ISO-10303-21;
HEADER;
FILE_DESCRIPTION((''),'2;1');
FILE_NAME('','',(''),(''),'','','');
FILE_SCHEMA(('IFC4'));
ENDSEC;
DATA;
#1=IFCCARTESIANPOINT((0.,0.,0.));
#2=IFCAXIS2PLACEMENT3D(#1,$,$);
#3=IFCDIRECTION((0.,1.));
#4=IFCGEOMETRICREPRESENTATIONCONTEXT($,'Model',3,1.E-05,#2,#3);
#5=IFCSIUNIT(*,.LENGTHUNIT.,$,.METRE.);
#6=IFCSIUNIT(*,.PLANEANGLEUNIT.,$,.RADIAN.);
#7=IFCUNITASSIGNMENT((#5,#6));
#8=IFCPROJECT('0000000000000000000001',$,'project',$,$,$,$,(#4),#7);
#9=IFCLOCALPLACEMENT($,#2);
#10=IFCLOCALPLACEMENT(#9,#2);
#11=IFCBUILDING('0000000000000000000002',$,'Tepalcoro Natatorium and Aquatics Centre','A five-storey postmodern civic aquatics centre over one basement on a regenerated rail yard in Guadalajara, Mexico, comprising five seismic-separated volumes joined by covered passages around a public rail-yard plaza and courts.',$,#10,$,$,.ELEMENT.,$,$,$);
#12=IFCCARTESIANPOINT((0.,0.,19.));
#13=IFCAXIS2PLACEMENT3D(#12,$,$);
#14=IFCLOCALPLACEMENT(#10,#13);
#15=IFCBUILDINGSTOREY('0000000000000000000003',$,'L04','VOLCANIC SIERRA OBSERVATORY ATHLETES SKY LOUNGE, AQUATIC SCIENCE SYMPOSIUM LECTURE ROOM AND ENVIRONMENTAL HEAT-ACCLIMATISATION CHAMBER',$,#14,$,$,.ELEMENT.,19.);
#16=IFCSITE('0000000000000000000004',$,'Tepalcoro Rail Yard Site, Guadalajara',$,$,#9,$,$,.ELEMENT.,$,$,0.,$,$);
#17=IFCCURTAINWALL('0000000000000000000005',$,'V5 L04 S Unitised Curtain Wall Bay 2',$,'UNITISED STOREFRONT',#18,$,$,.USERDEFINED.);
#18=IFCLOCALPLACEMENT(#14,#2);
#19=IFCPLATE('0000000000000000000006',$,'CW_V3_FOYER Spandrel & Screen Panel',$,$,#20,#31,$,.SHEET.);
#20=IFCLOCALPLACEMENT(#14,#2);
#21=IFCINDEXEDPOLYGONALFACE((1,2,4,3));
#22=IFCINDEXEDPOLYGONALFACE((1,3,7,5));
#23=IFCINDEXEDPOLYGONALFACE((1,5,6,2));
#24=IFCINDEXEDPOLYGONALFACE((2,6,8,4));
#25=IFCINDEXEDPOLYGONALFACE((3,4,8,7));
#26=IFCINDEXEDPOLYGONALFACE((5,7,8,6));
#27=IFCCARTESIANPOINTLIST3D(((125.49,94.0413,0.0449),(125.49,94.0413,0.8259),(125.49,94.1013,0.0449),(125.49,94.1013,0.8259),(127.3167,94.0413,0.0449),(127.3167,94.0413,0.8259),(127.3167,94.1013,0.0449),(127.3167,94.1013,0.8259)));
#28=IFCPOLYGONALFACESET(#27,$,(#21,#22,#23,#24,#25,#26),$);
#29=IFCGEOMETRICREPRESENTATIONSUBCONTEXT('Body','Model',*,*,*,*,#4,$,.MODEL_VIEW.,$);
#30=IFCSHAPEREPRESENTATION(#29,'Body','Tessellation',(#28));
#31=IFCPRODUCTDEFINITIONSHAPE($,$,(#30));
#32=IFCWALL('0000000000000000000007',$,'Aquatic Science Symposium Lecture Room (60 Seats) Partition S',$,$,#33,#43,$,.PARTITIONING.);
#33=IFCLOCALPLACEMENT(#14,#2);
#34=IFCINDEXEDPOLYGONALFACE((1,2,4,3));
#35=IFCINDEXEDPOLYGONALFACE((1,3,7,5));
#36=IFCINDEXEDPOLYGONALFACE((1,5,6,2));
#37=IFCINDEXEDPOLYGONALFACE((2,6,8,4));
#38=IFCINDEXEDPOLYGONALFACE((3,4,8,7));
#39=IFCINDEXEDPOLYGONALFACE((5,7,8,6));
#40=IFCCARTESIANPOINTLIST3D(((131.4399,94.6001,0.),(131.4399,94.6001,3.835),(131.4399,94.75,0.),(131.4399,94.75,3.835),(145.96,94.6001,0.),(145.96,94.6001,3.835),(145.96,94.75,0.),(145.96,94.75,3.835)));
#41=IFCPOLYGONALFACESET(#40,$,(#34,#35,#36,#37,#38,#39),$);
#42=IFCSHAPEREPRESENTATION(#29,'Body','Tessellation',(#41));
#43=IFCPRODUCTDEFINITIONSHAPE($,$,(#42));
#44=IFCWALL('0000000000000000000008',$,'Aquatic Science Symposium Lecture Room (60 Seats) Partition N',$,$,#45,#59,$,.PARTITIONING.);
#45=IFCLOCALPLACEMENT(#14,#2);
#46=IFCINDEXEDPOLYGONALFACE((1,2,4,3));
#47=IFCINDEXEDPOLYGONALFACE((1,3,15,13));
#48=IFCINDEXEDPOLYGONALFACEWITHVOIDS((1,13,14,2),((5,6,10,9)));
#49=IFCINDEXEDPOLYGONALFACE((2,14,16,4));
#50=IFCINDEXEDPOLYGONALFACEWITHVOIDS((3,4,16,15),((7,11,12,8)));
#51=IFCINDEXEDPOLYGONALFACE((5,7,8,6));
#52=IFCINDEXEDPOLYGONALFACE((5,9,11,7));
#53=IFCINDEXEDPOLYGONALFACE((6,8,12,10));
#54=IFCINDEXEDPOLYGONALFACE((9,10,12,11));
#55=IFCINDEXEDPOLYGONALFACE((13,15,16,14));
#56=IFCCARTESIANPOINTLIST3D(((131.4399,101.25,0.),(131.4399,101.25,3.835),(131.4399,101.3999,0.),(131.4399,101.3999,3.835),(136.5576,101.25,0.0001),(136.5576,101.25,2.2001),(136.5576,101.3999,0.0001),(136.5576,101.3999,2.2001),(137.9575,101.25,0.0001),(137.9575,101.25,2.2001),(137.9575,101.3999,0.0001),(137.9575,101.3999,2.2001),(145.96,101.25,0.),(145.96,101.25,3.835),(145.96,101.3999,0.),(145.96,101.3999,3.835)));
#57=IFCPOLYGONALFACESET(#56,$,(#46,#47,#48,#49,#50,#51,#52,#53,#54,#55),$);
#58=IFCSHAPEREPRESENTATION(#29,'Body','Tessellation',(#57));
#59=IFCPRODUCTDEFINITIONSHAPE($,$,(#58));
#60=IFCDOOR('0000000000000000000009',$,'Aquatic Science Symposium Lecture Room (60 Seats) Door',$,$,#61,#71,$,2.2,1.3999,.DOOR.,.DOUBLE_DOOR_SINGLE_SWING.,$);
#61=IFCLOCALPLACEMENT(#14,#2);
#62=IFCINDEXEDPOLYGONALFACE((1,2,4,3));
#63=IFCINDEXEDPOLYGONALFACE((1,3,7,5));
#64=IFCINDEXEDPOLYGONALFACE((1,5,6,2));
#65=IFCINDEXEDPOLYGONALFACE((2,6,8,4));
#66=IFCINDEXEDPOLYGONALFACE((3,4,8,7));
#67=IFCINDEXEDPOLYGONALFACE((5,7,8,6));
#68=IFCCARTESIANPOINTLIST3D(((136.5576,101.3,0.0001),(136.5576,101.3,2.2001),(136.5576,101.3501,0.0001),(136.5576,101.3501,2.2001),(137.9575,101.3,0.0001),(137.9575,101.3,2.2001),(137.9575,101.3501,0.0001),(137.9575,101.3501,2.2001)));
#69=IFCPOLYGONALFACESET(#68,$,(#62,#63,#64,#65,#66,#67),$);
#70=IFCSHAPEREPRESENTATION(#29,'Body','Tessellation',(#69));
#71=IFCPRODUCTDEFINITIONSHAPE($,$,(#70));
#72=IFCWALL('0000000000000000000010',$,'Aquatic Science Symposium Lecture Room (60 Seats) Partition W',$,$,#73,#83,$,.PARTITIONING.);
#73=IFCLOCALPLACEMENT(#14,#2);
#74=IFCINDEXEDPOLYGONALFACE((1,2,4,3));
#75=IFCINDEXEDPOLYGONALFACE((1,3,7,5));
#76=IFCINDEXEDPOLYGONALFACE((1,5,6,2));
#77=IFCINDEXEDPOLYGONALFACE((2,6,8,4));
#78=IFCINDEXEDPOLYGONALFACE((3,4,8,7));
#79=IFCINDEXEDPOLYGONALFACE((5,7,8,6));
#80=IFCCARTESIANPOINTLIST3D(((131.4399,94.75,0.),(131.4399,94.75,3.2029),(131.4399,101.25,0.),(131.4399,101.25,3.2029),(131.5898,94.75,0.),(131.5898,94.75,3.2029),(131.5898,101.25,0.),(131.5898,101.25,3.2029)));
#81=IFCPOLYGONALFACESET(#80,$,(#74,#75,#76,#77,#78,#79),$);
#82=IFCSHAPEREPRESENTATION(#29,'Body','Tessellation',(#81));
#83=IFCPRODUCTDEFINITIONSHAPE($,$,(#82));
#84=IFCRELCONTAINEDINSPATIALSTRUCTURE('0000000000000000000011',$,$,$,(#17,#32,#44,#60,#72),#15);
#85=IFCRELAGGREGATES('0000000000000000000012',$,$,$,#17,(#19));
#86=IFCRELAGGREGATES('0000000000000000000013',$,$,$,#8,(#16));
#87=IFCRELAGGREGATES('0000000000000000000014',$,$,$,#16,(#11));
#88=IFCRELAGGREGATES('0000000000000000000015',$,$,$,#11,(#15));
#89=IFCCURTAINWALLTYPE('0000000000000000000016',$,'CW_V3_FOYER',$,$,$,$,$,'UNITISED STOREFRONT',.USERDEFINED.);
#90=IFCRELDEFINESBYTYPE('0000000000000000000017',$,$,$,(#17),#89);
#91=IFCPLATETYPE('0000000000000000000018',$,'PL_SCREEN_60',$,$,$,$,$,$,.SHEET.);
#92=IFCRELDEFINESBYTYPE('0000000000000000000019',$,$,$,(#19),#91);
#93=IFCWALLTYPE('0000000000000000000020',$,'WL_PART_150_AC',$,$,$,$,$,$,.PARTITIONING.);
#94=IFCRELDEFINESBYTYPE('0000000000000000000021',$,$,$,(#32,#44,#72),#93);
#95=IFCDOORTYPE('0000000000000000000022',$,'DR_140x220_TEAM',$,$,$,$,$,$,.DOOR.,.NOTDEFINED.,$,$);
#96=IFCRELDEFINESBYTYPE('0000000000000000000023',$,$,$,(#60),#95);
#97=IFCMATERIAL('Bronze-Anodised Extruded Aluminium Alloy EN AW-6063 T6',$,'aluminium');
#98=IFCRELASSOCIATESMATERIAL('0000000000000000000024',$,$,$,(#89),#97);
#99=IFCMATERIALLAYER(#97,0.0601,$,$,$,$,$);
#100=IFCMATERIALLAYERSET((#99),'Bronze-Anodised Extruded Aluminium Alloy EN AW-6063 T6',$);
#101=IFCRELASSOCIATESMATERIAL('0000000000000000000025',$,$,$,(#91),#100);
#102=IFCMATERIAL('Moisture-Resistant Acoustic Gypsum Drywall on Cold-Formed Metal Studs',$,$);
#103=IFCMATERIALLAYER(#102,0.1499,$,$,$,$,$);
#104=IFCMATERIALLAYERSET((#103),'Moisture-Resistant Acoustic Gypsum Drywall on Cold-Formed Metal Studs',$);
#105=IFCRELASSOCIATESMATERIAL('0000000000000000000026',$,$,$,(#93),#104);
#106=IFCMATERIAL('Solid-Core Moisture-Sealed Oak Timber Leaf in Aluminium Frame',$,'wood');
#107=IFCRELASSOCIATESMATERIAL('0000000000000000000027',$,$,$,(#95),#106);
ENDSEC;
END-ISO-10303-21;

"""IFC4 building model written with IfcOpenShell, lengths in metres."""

from ifc_helpers import new_model, si_unit, direction, frame, frame_2d, origin, origin_2d, place, context, subcontext, project, spatial, rectangle, extrude, material, layer, layer_set, type_object, element, fill, aggregate, save


model = new_model("IFC4")

# Units and contexts
model_context = context("Model", 3, precision=1e-05, world=origin(), true_north=direction((0.0, 1.0)))
body_context = subcontext(model_context, "Body", "Model", "MODEL_VIEW")
ifc_project = project(units=[si_unit("LENGTHUNIT", "METRE"), si_unit("PLANEANGLEUNIT", "RADIAN")], contexts=[model_context])

# Site, building, storey
site_placement = place(None, origin())
site = spatial("IfcSite", under=ifc_project, at=site_placement, Name="Tepalcoro Rail Yard Site, Guadalajara", CompositionType="ELEMENT", RefElevation=0.0)
building_placement = place(site_placement, origin())
building = spatial("IfcBuilding", under=site, at=building_placement, Name="Tepalcoro Natatorium and Aquatics Centre", Description="A five-storey postmodern civic aquatics centre over one basement on a regenerated rail yard in Guadalajara, Mexico, comprising five seismic-separated volumes joined by covered passages around a public rail-yard plaza and courts.", CompositionType="ELEMENT")
storey_placement = place(building_placement, frame((0.0, 0.0, 19.0)))
storey = spatial("IfcBuildingStorey", under=building, at=storey_placement, Name="L04", Description="VOLCANIC SIERRA OBSERVATORY ATHLETES SKY LOUNGE, AQUATIC SCIENCE SYMPOSIUM LECTURE ROOM AND ENVIRONMENTAL HEAT-ACCLIMATISATION CHAMBER", CompositionType="ELEMENT", Elevation=19.0)

# Shared definitions
ifc_material_1 = material(Name="Bronze-Anodised Extruded Aluminium Alloy EN AW-6063 T6", Category="aluminium")

# Curtain wall
curtain_wall_type_1 = type_object("IfcCurtainWallType", Name="CW_V3_FOYER", ElementType="UNITISED STOREFRONT", PredefinedType="USERDEFINED", material=ifc_material_1)
curtain_wall_1_placement = place(storey_placement, origin())
curtain_wall_1 = element("IfcCurtainWall", 1, at=curtain_wall_1_placement, inside=storey, type_object=curtain_wall_type_1, Name="V5 L04 S Unitised Curtain Wall Bay 2", ObjectType="UNITISED STOREFRONT", PredefinedType="USERDEFINED")

# Plate
ifc_layer_1 = layer(ifc_material_1, 0.0601)
ifc_layer_set_1 = layer_set([ifc_layer_1], Name="Bronze-Anodised Extruded Aluminium Alloy EN AW-6063 T6")
plate_type_1 = type_object("IfcPlateType", Name="PL_SCREEN_60", PredefinedType="SHEET", material=ifc_layer_set_1)
plate_1_placement = place(storey_placement, frame((126.4033, 94.0713, 0.0449), z_axis=(0.0, 0.0, 1.0), x_axis=(1.0, 0.0, 0.0)))
plate_1 = element("IfcPlate", 2, at=plate_1_placement, type_object=plate_type_1, Name="CW_V3_FOYER Spandrel & Screen Panel", PredefinedType="SHEET", context=body_context, shape_type="SweptSolid", body=[
    extrude(rectangle(XDim=1.8267, YDim=0.0601, at=origin_2d()), origin(), (0.0, 0.0, 1.0), 0.781),
])
aggregate(curtain_wall_1, [plate_1])

# Wall
ifc_material_2 = material(Name="Moisture-Resistant Acoustic Gypsum Drywall on Cold-Formed Metal Studs")
ifc_layer_2 = layer(ifc_material_2, 0.1499)
ifc_layer_set_2 = layer_set([ifc_layer_2], Name="Moisture-Resistant Acoustic Gypsum Drywall on Cold-Formed Metal Studs")
wall_type = type_object("IfcWallType", Name="WL_PART_150_AC", PredefinedType="PARTITIONING", material=ifc_layer_set_2)
wall_1_placement = place(storey_placement, frame((131.4399, 94.675, 0.0), z_axis=(0.0, 0.0, 1.0), x_axis=(1.0, 0.0, 0.0)))
element("IfcWall", 3, at=wall_1_placement, inside=storey, type_object=wall_type, Name="Aquatic Science Symposium Lecture Room (60 Seats) Partition S", PredefinedType="PARTITIONING", context=body_context, shape_type="SweptSolid", body=[
    extrude(rectangle(XDim=14.52, YDim=0.1499, at=frame_2d((7.26, 0.0))), origin(), (0.0, 0.0, 1.0), 3.835),
])

# Wall, opening, door
wall_2_placement = place(storey_placement, frame((131.4399, 101.325, 0.0), z_axis=(0.0, 0.0, 1.0), x_axis=(1.0, 0.0, 0.0)))
wall_2 = element("IfcWall", 4, at=wall_2_placement, inside=storey, type_object=wall_type, Name="Aquatic Science Symposium Lecture Room (60 Seats) Partition N", PredefinedType="PARTITIONING", context=body_context, shape_type="SweptSolid", body=[
    extrude(rectangle(XDim=14.52, YDim=0.1499, at=frame_2d((7.26, 0.0))), origin(), (0.0, 0.0, 1.0), 3.835),
])
opening_placement = place(wall_2_placement, frame((5.1177, 0.0, 0.0)))
opening = element("IfcOpeningElement", 5, at=opening_placement, cuts=wall_2, PredefinedType="OPENING", context=body_context, shape_type="SweptSolid", body=[
    extrude(rectangle(XDim=1.3999, YDim=2.2, at=frame_2d((0.7, 1.1001))), frame((0.0, 0.0869, 0.0), z_axis=(0.0, -1.0, 0.0), x_axis=(1.0, 0.0, 0.0)), (0.0, 0.0, 1.0), 0.1738),
])
ifc_material_3 = material(Name="Solid-Core Moisture-Sealed Oak Timber Leaf in Aluminium Frame", Category="wood")
door_type = type_object("IfcDoorType", Name="DR_140x220_TEAM", OperationType="NOTDEFINED", PredefinedType="DOOR", material=ifc_material_3)
door_placement = place(opening_placement, frame((1.3999, 0.0, 0.0), z_axis=(0.0, 0.0, 1.0), x_axis=(-1.0, 0.0, 0.0)))
door = element("IfcDoor", 6, at=door_placement, inside=storey, type_object=door_type, Name="Aquatic Science Symposium Lecture Room (60 Seats) Door", OperationType="DOUBLE_DOOR_SINGLE_SWING", OverallHeight=2.2, OverallWidth=1.3999, PredefinedType="DOOR", context=body_context, shape_type="SweptSolid", body=[
    extrude(rectangle(XDim=1.3999, YDim=2.2, at=frame_2d((0.7, 1.1001))), frame((0.0, 0.0249, 0.0), z_axis=(0.0, -1.0, 0.0), x_axis=(1.0, 0.0, 0.0)), (0.0, 0.0, 1.0), 0.05),
])
fill(opening, door)

# Wall
wall_3_placement = place(storey_placement, frame((131.5149, 94.75, 0.0), z_axis=(0.0, 0.0, 1.0), x_axis=(0.0, 1.0, 0.0)))
element("IfcWall", 7, at=wall_3_placement, inside=storey, type_object=wall_type, Name="Aquatic Science Symposium Lecture Room (60 Seats) Partition W", PredefinedType="PARTITIONING", context=body_context, shape_type="SweptSolid", body=[
    extrude(rectangle(XDim=6.5, YDim=0.1499, at=frame_2d((3.25, 0.0))), origin(), (0.0, 0.0, 1.0), 3.2029),
])

save(model, "model.ifc")
